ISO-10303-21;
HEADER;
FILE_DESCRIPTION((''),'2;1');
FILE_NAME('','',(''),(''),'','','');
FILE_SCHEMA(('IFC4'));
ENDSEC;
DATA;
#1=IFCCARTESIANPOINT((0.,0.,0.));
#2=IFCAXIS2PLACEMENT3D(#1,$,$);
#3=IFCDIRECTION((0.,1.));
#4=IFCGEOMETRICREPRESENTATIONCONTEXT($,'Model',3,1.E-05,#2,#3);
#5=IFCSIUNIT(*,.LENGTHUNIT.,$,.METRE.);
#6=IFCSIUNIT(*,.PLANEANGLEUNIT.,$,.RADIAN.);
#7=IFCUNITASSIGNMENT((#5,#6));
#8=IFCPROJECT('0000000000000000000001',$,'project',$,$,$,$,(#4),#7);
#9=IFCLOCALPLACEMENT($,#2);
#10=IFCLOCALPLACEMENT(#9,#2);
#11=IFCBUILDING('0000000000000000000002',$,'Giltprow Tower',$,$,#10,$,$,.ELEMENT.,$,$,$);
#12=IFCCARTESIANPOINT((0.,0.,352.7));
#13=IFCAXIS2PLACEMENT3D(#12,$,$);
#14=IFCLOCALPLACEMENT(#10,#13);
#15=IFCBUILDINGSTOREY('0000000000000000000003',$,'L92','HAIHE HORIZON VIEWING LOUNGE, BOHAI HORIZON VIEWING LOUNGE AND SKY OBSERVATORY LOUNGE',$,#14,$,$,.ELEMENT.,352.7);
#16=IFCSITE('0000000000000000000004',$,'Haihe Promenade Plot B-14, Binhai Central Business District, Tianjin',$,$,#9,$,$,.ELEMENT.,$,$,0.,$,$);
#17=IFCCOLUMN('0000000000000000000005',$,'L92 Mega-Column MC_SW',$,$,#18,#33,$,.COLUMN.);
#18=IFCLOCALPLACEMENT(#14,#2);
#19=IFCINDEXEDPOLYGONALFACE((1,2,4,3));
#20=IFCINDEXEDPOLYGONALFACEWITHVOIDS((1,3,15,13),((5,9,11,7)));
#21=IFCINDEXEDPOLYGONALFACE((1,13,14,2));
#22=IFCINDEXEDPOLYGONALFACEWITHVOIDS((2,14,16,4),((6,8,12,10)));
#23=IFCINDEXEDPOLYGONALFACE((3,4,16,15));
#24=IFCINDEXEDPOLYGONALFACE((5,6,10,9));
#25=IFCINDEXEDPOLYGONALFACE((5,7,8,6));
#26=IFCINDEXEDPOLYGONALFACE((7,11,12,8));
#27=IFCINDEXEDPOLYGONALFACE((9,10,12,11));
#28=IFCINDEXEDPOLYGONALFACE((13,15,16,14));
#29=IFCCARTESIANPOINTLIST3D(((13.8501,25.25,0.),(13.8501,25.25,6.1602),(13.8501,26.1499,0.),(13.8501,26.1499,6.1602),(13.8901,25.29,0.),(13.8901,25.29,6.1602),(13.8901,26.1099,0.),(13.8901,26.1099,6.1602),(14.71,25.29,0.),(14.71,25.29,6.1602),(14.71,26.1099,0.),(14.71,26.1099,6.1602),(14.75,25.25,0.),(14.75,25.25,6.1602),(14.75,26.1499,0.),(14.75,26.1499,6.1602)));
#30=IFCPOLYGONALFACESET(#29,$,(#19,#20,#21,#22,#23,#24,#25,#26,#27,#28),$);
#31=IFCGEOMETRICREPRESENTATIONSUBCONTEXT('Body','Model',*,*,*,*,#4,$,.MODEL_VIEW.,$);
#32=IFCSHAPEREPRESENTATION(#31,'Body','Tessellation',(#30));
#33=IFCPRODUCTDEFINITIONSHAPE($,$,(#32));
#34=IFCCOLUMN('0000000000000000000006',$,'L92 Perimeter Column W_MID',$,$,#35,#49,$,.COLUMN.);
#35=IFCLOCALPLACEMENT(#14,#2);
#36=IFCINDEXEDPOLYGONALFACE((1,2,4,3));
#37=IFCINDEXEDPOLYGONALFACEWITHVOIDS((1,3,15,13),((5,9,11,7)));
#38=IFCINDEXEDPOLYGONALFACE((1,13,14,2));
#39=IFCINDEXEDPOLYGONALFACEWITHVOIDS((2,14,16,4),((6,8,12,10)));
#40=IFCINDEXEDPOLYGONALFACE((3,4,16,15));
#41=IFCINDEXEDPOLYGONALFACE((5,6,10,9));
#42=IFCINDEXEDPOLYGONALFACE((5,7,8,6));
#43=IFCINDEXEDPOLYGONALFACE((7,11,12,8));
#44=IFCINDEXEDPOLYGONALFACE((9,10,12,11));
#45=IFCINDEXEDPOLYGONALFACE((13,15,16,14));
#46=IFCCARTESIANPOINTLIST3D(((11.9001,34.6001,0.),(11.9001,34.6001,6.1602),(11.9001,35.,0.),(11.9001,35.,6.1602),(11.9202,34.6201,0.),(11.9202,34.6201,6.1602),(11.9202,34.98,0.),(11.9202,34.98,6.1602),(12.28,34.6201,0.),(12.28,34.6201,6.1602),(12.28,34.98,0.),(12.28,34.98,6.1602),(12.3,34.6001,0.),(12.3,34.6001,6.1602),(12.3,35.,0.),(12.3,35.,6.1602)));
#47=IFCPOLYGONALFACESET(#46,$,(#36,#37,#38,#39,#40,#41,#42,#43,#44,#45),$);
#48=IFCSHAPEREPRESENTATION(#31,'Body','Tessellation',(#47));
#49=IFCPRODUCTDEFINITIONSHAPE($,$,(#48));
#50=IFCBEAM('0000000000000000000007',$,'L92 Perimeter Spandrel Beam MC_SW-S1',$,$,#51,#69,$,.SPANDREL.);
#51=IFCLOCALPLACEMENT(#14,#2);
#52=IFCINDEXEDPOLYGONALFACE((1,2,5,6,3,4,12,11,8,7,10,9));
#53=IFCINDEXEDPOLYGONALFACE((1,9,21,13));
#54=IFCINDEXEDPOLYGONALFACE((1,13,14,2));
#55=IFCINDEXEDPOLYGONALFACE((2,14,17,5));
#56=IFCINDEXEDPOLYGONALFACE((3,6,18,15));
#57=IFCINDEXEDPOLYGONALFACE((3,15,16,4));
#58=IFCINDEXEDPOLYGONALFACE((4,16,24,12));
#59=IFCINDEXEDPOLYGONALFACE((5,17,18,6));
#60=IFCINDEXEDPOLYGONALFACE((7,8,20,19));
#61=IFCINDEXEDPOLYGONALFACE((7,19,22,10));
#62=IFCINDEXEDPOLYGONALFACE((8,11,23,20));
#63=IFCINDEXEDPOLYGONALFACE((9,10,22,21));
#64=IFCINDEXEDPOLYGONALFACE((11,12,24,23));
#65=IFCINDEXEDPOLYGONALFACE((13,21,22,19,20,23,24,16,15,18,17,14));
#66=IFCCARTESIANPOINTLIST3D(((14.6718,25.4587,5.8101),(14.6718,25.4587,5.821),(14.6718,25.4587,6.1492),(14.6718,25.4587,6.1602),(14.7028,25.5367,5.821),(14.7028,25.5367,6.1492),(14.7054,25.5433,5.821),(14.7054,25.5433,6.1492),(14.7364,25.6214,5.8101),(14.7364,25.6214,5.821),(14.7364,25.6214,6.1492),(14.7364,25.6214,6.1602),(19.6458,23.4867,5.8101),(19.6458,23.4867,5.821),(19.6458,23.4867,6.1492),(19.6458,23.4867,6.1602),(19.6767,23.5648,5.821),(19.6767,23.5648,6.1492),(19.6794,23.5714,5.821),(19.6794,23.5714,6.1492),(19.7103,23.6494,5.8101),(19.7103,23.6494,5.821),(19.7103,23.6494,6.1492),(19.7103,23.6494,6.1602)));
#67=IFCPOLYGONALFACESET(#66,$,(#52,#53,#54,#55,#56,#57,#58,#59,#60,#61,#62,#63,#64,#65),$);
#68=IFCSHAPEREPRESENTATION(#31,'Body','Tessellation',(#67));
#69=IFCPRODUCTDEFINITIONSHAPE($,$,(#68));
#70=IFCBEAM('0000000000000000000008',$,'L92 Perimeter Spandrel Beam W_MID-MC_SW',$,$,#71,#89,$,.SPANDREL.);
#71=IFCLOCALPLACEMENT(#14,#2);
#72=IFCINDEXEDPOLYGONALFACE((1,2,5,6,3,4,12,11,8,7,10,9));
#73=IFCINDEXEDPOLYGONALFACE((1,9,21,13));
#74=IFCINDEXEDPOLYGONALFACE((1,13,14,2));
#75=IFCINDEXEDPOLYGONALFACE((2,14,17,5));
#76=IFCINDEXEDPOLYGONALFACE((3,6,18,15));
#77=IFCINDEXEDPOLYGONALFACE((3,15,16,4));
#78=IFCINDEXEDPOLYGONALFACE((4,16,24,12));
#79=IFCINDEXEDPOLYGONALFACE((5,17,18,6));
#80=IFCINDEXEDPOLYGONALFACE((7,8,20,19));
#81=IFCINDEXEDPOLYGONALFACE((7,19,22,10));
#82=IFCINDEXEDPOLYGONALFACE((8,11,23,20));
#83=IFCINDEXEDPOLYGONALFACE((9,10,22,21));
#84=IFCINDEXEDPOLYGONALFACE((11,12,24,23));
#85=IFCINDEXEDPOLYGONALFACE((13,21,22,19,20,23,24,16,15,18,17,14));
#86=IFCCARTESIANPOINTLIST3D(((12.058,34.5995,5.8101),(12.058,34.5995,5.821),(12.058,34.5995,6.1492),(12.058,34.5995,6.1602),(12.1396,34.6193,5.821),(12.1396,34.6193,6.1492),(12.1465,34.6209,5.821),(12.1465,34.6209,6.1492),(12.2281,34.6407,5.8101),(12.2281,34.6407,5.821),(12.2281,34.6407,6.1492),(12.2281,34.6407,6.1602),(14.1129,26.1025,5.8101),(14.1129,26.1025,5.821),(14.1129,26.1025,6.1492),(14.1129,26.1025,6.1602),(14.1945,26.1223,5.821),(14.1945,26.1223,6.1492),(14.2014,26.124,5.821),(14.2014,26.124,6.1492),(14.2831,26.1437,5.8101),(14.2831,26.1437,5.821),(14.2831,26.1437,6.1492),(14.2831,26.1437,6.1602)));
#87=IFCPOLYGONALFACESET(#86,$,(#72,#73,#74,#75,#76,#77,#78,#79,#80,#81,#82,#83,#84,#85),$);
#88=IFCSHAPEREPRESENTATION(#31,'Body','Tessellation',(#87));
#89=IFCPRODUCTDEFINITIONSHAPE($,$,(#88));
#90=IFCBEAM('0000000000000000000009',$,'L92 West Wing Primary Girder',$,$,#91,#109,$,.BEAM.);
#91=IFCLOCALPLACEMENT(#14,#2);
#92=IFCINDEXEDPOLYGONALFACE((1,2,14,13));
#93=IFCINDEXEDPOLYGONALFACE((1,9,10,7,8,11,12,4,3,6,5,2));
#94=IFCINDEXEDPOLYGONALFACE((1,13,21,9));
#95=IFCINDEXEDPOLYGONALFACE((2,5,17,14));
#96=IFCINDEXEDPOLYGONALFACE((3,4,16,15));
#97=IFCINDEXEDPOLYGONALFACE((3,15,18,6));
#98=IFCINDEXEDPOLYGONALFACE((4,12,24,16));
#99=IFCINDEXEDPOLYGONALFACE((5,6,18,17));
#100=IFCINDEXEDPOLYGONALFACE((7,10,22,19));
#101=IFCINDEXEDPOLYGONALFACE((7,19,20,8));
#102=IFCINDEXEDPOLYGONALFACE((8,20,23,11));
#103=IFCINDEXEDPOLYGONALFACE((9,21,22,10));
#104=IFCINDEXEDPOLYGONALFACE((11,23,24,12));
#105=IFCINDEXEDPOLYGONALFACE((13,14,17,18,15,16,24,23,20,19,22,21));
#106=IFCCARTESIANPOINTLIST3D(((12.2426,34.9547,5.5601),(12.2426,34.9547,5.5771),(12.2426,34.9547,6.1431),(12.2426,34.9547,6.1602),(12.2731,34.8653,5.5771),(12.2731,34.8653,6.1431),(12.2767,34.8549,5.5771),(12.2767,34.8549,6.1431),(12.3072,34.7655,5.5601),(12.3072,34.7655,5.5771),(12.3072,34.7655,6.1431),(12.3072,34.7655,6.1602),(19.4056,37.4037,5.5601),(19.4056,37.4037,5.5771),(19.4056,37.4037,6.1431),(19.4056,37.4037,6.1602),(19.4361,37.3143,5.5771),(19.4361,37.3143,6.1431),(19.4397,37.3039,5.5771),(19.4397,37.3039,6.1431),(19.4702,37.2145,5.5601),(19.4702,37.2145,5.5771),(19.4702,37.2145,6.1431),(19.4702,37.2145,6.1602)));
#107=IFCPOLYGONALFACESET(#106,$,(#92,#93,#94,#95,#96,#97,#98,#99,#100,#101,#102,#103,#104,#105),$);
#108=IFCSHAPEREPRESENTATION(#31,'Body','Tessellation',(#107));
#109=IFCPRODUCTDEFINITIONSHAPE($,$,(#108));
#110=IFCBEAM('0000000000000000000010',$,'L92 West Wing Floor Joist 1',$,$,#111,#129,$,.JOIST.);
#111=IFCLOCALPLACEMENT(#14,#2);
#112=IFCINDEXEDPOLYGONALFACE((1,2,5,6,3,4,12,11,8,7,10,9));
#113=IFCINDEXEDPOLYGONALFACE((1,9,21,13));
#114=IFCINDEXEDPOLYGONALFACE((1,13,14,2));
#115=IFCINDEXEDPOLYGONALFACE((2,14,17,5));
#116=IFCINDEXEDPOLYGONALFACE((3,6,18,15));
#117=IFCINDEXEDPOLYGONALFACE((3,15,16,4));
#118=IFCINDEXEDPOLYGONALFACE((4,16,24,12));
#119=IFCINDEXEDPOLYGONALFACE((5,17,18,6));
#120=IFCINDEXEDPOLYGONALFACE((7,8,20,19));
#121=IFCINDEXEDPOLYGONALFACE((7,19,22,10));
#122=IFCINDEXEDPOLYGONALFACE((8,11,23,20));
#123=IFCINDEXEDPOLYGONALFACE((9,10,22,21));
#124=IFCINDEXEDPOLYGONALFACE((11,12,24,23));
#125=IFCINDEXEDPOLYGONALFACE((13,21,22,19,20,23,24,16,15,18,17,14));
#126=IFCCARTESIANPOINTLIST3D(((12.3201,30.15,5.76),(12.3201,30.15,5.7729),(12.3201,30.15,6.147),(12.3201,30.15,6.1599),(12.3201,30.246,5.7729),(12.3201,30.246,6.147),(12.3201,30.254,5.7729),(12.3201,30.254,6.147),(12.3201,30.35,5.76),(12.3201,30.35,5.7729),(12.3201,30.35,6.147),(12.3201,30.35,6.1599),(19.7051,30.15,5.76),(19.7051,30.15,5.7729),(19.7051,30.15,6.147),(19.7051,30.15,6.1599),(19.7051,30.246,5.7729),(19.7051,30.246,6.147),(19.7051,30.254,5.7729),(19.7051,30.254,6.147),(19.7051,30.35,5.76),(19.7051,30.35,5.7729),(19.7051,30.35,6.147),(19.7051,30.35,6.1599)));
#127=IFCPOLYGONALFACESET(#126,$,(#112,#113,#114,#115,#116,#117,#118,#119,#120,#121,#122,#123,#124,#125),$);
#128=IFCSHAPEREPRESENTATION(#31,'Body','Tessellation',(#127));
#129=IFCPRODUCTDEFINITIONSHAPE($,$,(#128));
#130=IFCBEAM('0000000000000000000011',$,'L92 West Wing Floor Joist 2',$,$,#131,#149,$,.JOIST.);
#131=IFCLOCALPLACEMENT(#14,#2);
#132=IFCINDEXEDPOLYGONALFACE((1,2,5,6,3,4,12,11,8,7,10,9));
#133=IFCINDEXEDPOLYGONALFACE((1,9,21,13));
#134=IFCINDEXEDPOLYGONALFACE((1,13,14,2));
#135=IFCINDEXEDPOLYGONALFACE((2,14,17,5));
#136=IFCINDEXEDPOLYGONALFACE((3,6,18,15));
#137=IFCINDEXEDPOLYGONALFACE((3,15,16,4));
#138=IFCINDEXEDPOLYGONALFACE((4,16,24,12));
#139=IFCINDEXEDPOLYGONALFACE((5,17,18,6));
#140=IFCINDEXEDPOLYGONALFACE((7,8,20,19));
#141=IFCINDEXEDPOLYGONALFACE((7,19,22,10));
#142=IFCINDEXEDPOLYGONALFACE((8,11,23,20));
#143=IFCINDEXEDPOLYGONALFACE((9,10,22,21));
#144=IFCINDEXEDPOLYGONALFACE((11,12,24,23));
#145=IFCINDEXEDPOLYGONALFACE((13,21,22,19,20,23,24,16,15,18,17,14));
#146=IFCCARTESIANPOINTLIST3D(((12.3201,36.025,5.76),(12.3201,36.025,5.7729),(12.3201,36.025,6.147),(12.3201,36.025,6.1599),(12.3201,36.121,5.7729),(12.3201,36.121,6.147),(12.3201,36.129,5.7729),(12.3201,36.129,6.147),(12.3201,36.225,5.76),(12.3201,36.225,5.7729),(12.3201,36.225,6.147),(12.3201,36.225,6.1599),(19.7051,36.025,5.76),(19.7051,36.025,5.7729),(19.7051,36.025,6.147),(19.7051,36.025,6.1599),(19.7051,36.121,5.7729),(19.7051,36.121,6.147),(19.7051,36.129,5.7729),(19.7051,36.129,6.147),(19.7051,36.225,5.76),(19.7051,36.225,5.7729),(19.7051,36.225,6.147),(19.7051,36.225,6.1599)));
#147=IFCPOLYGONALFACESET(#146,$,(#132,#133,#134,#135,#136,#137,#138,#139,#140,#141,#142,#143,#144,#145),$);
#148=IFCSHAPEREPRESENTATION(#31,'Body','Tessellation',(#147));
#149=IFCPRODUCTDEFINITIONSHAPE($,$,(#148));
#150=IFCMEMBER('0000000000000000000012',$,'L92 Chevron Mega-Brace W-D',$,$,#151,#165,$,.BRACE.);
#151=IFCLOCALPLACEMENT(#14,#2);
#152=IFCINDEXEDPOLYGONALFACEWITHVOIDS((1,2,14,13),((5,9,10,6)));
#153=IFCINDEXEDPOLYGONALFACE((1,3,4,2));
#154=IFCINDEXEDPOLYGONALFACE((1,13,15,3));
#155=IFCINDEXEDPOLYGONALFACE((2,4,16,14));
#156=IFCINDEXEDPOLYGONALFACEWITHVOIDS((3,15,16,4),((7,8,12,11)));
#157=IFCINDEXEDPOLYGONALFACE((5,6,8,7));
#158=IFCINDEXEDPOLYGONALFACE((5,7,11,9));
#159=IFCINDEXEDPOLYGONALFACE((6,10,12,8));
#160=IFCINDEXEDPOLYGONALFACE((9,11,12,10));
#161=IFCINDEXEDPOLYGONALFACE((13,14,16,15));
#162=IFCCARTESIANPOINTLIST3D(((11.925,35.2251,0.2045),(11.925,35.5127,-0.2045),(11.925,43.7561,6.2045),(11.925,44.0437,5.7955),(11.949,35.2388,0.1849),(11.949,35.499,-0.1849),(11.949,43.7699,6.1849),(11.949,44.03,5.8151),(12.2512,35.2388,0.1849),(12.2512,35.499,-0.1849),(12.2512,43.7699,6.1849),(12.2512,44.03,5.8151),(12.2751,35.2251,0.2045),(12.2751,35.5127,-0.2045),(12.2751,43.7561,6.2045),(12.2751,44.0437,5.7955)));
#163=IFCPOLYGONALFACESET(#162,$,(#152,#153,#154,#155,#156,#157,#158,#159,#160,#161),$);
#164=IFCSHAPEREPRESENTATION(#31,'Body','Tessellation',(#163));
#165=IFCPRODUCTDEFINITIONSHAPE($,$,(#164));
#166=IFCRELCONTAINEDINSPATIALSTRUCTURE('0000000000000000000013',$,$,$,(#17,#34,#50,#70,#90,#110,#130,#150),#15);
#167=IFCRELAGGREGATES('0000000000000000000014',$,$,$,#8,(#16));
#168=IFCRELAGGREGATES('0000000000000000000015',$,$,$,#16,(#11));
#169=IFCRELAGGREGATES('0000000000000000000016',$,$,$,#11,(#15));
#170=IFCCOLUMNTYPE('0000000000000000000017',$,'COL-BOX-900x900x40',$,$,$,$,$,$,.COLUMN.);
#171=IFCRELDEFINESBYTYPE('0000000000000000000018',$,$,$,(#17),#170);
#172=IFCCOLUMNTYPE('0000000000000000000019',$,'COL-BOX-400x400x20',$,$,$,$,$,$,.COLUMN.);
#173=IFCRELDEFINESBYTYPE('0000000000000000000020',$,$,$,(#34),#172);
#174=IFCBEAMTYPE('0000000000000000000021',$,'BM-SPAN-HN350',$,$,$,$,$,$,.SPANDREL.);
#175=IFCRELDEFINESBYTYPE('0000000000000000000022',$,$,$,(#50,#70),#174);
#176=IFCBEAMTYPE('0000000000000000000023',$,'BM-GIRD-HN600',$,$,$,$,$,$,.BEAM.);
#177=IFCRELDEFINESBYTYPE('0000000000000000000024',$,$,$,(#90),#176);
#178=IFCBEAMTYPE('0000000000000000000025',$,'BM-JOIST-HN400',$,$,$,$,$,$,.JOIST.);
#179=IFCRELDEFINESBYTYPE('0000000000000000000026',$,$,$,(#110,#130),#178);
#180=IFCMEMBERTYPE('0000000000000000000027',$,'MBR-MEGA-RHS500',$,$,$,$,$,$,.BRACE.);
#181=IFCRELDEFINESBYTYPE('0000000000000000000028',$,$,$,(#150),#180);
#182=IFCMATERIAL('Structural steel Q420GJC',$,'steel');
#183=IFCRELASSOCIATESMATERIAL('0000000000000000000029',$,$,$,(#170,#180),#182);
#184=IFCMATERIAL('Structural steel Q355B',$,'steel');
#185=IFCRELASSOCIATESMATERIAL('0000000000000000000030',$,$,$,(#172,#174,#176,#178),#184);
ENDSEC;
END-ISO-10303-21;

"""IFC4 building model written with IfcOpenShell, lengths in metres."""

from ifc_helpers import new_model, si_unit, direction, frame, origin, origin_2d, place, context, subcontext, project, spatial, hollow_rectangle, i_section, extrude, source, transform, mapped, material, material_profile, profile_set, type_object, element, save


model = new_model("IFC4")

# Units and contexts
model_context = context("Model", 3, precision=1e-05, world=origin(), true_north=direction((0.0, 1.0)))
body_context = subcontext(model_context, "Body", "Model", "MODEL_VIEW")
ifc_project = project(units=[si_unit("LENGTHUNIT", "METRE"), si_unit("PLANEANGLEUNIT", "RADIAN")], contexts=[model_context])

# Site, building, storey
site_placement = place(None, origin())
site = spatial("IfcSite", under=ifc_project, at=site_placement, Name="Haihe Promenade Plot B-14, Binhai Central Business District, Tianjin", CompositionType="ELEMENT", RefElevation=0.0)
building_placement = place(site_placement, origin())
building = spatial("IfcBuilding", under=site, at=building_placement, Name="Giltprow Tower", CompositionType="ELEMENT")
storey_placement = place(building_placement, frame((0.0, 0.0, 352.7)))
storey = spatial("IfcBuildingStorey", under=building, at=storey_placement, Name="L92", Description="HAIHE HORIZON VIEWING LOUNGE, BOHAI HORIZON VIEWING LOUNGE AND SKY OBSERVATORY LOUNGE", CompositionType="ELEMENT", Elevation=352.7)

# Columns
ifc_material_1 = material(Name="Structural steel Q420GJC", Category="steel")
ifc_material_profile_1 = material_profile(ifc_material_1, hollow_rectangle(XDim=0.8999, YDim=0.8999, WallThickness=0.04, at=origin_2d()), Name="BOX 900x900x40")
ifc_profile_set_1 = profile_set([ifc_material_profile_1], Name="Structural steel Q420GJC")
column_type_1 = type_object("IfcColumnType", Name="COL-BOX-900x900x40", PredefinedType="COLUMN", material=ifc_profile_set_1)
shared_shape_1 = source(origin(), body_context, "Body", "SweptSolid", [
    extrude(hollow_rectangle(XDim=0.8999, YDim=0.8999, WallThickness=0.04, at=origin_2d()), origin(), (0.0, 0.0, 1.0), 6.1602),
])
column_1_placement = place(storey_placement, frame((14.3, 25.7, 0.0), z_axis=(0.0, 0.0, 1.0), x_axis=(1.0, 0.0, 0.0)))
element("IfcColumn", 1, at=column_1_placement, inside=storey, type_object=column_type_1, Name="L92 Mega-Column MC_SW", PredefinedType="COLUMN", context=body_context, shape_type="MappedRepresentation", body=[
    mapped(shared_shape_1, transform((0.0, 0.0, 0.0), x_axis=(1.0, 0.0, 0.0), y_axis=(0.0, 1.0, 0.0), z_axis=(0.0, 0.0, 1.0), scale=1.0)),
])
ifc_material_2 = material(Name="Structural steel Q355B", Category="steel")
ifc_material_profile_2 = material_profile(ifc_material_2, hollow_rectangle(XDim=0.3999, YDim=0.3999, WallThickness=0.02, at=origin_2d()), Name="BOX 400x400x20")
ifc_profile_set_2 = profile_set([ifc_material_profile_2], Name="Structural steel Q355B")
column_type_2 = type_object("IfcColumnType", Name="COL-BOX-400x400x20", PredefinedType="COLUMN", material=ifc_profile_set_2)
shared_shape_2 = source(origin(), body_context, "Body", "SweptSolid", [
    extrude(hollow_rectangle(XDim=0.3999, YDim=0.3999, WallThickness=0.02, at=origin_2d()), origin(), (0.0, 0.0, 1.0), 6.1602),
])
column_2_placement = place(storey_placement, frame((12.1001, 34.8, 0.0), z_axis=(0.0, 0.0, 1.0), x_axis=(1.0, 0.0, 0.0)))
element("IfcColumn", 2, at=column_2_placement, inside=storey, type_object=column_type_2, Name="L92 Perimeter Column W_MID", PredefinedType="COLUMN", context=body_context, shape_type="MappedRepresentation", body=[
    mapped(shared_shape_2, transform((0.0, 0.0, 0.0), x_axis=(1.0, 0.0, 0.0), y_axis=(0.0, 1.0, 0.0), z_axis=(0.0, 0.0, 1.0), scale=1.0)),
])

# Beams
ifc_material_profile_3 = material_profile(ifc_material_2, i_section(OverallWidth=0.175, OverallDepth=0.3501, WebThickness=0.0071, FlangeThickness=0.011, at=origin_2d()), Name="HN 350x175x7x11")
ifc_profile_set_3 = profile_set([ifc_material_profile_3], Name="Structural steel Q355B")
beam_type_1 = type_object("IfcBeamType", Name="BM-SPAN-HN350", PredefinedType="SPANDREL", material=ifc_profile_set_3)
shared_shape_3 = source(origin(), body_context, "Body", "SweptSolid", [
    extrude(i_section(OverallWidth=0.175, OverallDepth=0.3501, WebThickness=0.0071, FlangeThickness=0.011, at=origin_2d()), origin(), (0.0, 0.0, 1.0), 5.3506),
])
beam_1_placement = place(storey_placement, frame((14.7041, 25.54, 5.9851), z_axis=(0.929608, -0.368549, 0.0), x_axis=(0.368549, 0.929608, 0.0)))
element("IfcBeam", 3, at=beam_1_placement, inside=storey, type_object=beam_type_1, Name="L92 Perimeter Spandrel Beam MC_SW-S1", PredefinedType="SPANDREL", context=body_context, shape_type="MappedRepresentation", body=[
    mapped(shared_shape_3, transform((0.0, 0.0, 0.0), x_axis=(1.0, 0.0, 0.0), y_axis=(0.0, 1.0, 0.0), z_axis=(0.0, 0.0, 1.0), scale=1.0)),
])
shared_shape_4 = source(origin(), body_context, "Body", "SweptSolid", [
    extrude(i_section(OverallWidth=0.175, OverallDepth=0.3501, WebThickness=0.0071, FlangeThickness=0.011, at=origin_2d()), origin(), (0.0, 0.0, 1.0), 8.7419),
])
beam_2_placement = place(storey_placement, frame((12.1431, 34.6201, 5.9851), z_axis=(0.235064, -0.97198, 0.0), x_axis=(0.97198, 0.235064, 0.0)))
element("IfcBeam", 4, at=beam_2_placement, inside=storey, type_object=beam_type_1, Name="L92 Perimeter Spandrel Beam W_MID-MC_SW", PredefinedType="SPANDREL", context=body_context, shape_type="MappedRepresentation", body=[
    mapped(shared_shape_4, transform((0.0, 0.0, 0.0), x_axis=(1.0, 0.0, 0.0), y_axis=(0.0, 1.0, 0.0), z_axis=(0.0, 0.0, 1.0), scale=1.0)),
])
ifc_material_profile_4 = material_profile(ifc_material_2, i_section(OverallWidth=0.2, OverallDepth=0.6001, WebThickness=0.011, FlangeThickness=0.0171, at=origin_2d()), Name="HN 600x200x11x17")
ifc_profile_set_4 = profile_set([ifc_material_profile_4], Name="Structural steel Q355B")
beam_type_2 = type_object("IfcBeamType", Name="BM-GIRD-HN600", PredefinedType="BEAM", material=ifc_profile_set_4)
shared_shape_5 = source(origin(), body_context, "Body", "SweptSolid", [
    extrude(i_section(OverallWidth=0.2, OverallDepth=0.6001, WebThickness=0.011, FlangeThickness=0.0171, at=origin_2d()), origin(), (0.0, 0.0, 1.0), 7.5701),
])
beam_3_placement = place(storey_placement, frame((12.2749, 34.8601, 5.8601), z_axis=(0.946227, 0.323504, 0.0), x_axis=(-0.323504, 0.946227, 0.0)))
element("IfcBeam", 5, at=beam_3_placement, inside=storey, type_object=beam_type_2, Name="L92 West Wing Primary Girder", PredefinedType="BEAM", context=body_context, shape_type="MappedRepresentation", body=[
    mapped(shared_shape_5, transform((0.0, 0.0, 0.0), x_axis=(1.0, 0.0, 0.0), y_axis=(0.0, 1.0, 0.0), z_axis=(0.0, 0.0, 1.0), scale=1.0)),
])
ifc_material_profile_5 = material_profile(ifc_material_2, i_section(OverallWidth=0.2, OverallDepth=0.3999, WebThickness=0.0081, FlangeThickness=0.0129, at=origin_2d()), Name="HN 400x200x8x13")
ifc_profile_set_5 = profile_set([ifc_material_profile_5], Name="Structural steel Q355B")
beam_type_3 = type_object("IfcBeamType", Name="BM-JOIST-HN400", PredefinedType="JOIST", material=ifc_profile_set_5)
shared_shape_6 = source(origin(), body_context, "Body", "SweptSolid", [
    extrude(i_section(OverallWidth=0.2, OverallDepth=0.3999, WebThickness=0.0081, FlangeThickness=0.0129, at=origin_2d()), origin(), (0.0, 0.0, 1.0), 7.385),
])
for number, where, z_axis, x_axis, name in (
    (6, (12.3201, 30.25, 5.96), (1.0, 0.0, 0.0), (0.0, 1.0, 0.0), "L92 West Wing Floor Joist 1"),
    (7, (12.3201, 36.125, 5.96), (1.0, 0.0, 0.0), (0.0, 1.0, 0.0), "L92 West Wing Floor Joist 2"),
):
    element("IfcBeam", number, at=place(storey_placement, frame(where, z_axis=z_axis, x_axis=x_axis)), inside=storey, type_object=beam_type_3, Name=name, PredefinedType="JOIST", context=body_context, shape_type="MappedRepresentation", body=[
        mapped(shared_shape_6, transform((0.0, 0.0, 0.0), x_axis=(1.0, 0.0, 0.0), y_axis=(0.0, 1.0, 0.0), z_axis=(0.0, 0.0, 1.0), scale=1.0)),
    ])

# Member
ifc_material_profile_6 = material_profile(ifc_material_1, hollow_rectangle(XDim=0.3501, YDim=0.5, WallThickness=0.0239, at=origin_2d()), Name="RHS 500x350x24")
ifc_profile_set_6 = profile_set([ifc_material_profile_6], Name="Structural steel Q420GJC")
member_type_1 = type_object("IfcMemberType", Name="MBR-MEGA-RHS500", PredefinedType="BRACE", material=ifc_profile_set_6)
shared_shape_7 = source(origin(), body_context, "Body", "SweptSolid", [
    extrude(hollow_rectangle(XDim=0.3501, YDim=0.5, WallThickness=0.0239, at=origin_2d()), origin(), (0.0, 0.0, 1.0), 10.4297),
])
member_1_placement = place(storey_placement, frame((12.1001, 35.3689, 0.0), z_axis=(0.0, 0.817955, 0.575282), x_axis=(-1.0, 0.0, 0.0)))
element("IfcMember", 8, at=member_1_placement, inside=storey, type_object=member_type_1, Name="L92 Chevron Mega-Brace W-D", PredefinedType="BRACE", context=body_context, shape_type="MappedRepresentation", body=[
    mapped(shared_shape_7, transform((0.0, 0.0, 0.0), x_axis=(1.0, 0.0, 0.0), y_axis=(0.0, 1.0, 0.0), z_axis=(0.0, 0.0, 1.0), scale=1.0)),
])

save(model, "model.ifc")
